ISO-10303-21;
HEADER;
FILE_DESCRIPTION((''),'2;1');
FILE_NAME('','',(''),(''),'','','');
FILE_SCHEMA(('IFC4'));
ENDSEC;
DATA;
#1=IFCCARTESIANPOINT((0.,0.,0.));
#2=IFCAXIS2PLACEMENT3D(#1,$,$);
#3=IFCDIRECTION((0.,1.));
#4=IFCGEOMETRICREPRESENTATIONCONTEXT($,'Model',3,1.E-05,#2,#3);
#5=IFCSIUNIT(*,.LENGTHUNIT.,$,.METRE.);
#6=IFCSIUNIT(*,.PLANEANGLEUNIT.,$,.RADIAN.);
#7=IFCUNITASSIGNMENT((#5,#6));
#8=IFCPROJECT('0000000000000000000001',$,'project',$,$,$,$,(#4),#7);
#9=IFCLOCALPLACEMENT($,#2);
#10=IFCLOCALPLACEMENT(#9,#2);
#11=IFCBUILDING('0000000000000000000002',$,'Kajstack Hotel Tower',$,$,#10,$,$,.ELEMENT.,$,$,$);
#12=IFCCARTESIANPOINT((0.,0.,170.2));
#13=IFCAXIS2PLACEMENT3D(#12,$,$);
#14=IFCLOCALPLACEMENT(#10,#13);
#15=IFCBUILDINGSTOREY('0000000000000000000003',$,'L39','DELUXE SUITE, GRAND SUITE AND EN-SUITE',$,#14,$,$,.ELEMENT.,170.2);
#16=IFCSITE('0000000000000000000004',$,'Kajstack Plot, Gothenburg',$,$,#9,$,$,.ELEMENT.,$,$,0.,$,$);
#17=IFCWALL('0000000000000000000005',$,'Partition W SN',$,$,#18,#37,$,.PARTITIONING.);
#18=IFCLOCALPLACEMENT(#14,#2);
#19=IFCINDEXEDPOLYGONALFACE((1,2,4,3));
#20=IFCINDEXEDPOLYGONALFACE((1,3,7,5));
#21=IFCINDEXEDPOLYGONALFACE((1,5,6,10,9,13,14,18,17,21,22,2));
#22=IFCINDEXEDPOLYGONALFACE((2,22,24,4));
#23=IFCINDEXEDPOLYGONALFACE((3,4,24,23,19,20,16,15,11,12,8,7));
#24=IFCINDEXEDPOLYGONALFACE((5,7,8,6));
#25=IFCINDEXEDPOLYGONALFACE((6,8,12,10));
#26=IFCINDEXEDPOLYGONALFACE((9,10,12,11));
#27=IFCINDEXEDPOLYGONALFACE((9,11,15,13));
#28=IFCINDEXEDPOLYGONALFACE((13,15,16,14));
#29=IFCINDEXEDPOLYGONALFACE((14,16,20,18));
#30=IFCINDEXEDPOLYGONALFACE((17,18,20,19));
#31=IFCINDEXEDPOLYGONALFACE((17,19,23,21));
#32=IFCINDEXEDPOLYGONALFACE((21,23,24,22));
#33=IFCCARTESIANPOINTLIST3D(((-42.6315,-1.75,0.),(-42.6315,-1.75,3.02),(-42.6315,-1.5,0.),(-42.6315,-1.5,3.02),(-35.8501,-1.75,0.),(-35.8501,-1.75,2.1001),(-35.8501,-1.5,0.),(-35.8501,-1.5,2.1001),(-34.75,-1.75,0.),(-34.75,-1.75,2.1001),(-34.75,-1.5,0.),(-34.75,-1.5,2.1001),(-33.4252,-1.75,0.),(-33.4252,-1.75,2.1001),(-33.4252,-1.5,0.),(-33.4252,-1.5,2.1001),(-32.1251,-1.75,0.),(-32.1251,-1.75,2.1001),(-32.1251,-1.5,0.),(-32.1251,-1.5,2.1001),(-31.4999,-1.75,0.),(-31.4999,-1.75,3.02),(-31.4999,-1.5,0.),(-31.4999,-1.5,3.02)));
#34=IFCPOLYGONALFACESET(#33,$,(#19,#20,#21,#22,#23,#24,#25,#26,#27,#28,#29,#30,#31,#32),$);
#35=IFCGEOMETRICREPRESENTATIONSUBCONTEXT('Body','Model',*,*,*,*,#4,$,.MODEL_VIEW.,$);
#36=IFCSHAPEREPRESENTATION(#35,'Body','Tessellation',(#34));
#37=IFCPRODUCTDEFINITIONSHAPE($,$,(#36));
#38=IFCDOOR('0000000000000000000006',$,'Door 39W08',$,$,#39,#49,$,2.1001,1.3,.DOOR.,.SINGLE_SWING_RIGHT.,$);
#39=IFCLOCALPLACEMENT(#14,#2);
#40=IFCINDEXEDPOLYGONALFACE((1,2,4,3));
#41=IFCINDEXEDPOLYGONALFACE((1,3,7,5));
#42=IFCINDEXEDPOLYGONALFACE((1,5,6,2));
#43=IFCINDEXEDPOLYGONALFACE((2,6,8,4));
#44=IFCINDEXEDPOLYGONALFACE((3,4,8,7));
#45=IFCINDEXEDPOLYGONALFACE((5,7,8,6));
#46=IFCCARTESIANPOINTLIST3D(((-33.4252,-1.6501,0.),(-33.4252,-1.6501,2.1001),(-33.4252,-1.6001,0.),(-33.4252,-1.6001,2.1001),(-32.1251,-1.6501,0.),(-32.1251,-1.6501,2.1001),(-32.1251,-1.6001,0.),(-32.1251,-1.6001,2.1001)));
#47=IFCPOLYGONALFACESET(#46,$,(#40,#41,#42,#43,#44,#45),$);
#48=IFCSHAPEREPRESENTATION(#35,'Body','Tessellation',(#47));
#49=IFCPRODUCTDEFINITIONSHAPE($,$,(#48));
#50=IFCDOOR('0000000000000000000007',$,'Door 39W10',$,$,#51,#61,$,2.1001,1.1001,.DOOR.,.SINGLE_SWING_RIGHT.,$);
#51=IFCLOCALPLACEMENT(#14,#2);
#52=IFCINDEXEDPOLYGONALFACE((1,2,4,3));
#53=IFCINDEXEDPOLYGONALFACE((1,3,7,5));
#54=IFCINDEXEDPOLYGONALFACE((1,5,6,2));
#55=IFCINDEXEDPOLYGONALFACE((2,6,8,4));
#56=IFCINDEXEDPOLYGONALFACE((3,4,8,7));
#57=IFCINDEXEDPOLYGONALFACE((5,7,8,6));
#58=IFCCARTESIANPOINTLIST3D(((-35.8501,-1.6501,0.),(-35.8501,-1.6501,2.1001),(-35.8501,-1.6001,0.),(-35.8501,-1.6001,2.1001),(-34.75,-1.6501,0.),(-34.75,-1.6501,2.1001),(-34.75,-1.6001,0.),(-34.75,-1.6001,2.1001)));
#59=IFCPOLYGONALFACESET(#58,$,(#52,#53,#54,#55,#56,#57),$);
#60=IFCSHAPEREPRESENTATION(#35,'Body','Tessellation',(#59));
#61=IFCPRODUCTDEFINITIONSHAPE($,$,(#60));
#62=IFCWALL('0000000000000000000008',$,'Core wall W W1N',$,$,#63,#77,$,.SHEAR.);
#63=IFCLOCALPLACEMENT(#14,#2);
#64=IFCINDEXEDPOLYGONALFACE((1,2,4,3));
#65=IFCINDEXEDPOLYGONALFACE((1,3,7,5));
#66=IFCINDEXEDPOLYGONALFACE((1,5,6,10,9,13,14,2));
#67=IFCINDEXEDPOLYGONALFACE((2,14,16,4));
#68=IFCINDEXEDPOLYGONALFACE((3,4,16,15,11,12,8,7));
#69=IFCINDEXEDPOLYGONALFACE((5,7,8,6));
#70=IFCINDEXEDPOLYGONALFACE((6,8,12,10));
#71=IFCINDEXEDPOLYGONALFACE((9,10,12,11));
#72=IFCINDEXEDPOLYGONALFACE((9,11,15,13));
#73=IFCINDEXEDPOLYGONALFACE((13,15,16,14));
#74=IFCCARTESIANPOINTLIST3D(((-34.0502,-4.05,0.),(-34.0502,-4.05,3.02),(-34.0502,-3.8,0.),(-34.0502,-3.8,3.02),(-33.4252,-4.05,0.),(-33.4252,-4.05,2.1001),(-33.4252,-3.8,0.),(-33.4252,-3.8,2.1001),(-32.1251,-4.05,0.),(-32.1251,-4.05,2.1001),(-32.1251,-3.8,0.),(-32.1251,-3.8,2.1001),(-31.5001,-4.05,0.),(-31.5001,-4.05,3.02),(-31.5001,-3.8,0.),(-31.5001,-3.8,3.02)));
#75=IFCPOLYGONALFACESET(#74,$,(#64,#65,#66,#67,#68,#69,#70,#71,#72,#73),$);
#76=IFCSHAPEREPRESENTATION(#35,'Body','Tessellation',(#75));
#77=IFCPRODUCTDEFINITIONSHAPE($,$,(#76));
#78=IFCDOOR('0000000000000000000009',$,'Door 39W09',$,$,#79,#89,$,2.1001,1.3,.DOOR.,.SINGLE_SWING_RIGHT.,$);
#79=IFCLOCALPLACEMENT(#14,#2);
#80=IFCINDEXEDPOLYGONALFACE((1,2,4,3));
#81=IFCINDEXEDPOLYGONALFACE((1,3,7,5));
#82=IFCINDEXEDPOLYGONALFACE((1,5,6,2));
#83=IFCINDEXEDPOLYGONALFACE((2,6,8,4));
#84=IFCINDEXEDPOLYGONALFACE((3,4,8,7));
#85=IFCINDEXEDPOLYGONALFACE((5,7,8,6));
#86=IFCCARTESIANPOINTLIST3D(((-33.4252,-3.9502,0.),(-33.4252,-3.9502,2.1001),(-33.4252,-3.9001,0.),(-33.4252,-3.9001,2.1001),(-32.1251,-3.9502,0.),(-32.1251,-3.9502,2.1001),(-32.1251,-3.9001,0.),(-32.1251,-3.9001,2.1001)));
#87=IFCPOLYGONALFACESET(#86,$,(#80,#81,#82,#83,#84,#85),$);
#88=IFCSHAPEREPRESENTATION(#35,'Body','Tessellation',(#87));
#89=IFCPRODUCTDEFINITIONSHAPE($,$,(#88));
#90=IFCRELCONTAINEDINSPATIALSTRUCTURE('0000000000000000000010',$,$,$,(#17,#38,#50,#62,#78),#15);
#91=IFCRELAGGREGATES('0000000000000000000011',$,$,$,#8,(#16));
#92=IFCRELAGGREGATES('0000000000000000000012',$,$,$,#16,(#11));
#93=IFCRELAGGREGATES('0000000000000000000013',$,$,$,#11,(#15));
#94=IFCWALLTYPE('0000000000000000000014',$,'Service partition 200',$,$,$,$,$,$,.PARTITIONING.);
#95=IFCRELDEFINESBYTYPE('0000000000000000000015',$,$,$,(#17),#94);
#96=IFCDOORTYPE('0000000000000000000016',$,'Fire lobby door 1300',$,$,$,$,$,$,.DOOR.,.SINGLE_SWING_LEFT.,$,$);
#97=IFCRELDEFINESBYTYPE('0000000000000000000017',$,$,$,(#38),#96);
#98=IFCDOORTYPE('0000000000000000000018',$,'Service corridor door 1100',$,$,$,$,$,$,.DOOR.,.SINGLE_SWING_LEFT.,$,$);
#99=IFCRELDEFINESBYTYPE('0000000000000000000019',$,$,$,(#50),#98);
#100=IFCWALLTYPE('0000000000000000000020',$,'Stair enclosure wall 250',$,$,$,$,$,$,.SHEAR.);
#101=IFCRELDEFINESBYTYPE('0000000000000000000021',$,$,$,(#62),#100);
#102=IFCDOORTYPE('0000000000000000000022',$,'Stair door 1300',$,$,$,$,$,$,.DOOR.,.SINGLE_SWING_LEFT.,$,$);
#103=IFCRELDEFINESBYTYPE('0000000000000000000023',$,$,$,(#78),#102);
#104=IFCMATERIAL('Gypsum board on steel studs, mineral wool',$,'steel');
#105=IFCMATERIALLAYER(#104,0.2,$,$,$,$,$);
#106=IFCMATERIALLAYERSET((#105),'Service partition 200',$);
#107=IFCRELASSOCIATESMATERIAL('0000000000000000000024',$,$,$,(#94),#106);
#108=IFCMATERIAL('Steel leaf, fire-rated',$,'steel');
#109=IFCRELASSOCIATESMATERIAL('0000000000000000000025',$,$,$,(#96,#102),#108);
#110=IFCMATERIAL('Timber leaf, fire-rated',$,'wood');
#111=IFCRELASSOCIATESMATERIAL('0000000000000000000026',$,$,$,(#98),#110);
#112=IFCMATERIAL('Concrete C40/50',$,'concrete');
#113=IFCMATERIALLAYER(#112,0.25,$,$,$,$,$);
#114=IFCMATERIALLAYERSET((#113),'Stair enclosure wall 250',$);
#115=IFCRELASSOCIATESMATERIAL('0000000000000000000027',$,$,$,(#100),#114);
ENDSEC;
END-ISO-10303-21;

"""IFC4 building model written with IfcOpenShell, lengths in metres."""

from ifc_helpers import new_model, si_unit, direction, frame, frame_2d, origin, place, context, subcontext, project, spatial, rectangle, extrude, material, layer, layer_set, type_object, element, fill, save


model = new_model("IFC4")

# Units and contexts
model_context = context("Model", 3, precision=1e-05, world=origin(), true_north=direction((0.0, 1.0)))
body_context = subcontext(model_context, "Body", "Model", "MODEL_VIEW")
ifc_project = project(units=[si_unit("LENGTHUNIT", "METRE"), si_unit("PLANEANGLEUNIT", "RADIAN")], contexts=[model_context])

# Site, building, storey
site_placement = place(None, origin())
site = spatial("IfcSite", under=ifc_project, at=site_placement, Name="Kajstack Plot, Gothenburg", CompositionType="ELEMENT", RefElevation=0.0)
building_placement = place(site_placement, origin())
building = spatial("IfcBuilding", under=site, at=building_placement, Name="Kajstack Hotel Tower", CompositionType="ELEMENT")
storey_placement = place(building_placement, frame((0.0, 0.0, 170.2)))
storey = spatial("IfcBuildingStorey", under=building, at=storey_placement, Name="L39", Description="DELUXE SUITE, GRAND SUITE AND EN-SUITE", CompositionType="ELEMENT", Elevation=170.2)

# Shared definitions
ifc_material_1 = material(Name="Gypsum board on steel studs, mineral wool", Category="steel")

# Wall, openings, doors
ifc_layer_1 = layer(ifc_material_1, 0.2)
ifc_layer_set_1 = layer_set([ifc_layer_1], Name="Service partition 200")
wall_type_1 = type_object("IfcWallType", Name="Service partition 200", PredefinedType="PARTITIONING", material=ifc_layer_set_1)
wall_1_placement = place(storey_placement, frame((-42.6316, -1.625, 0.0), z_axis=(0.0, 0.0, 1.0), x_axis=(1.0, 0.0, 0.0)))
wall_1 = element("IfcWall", 1, at=wall_1_placement, inside=storey, type_object=wall_type_1, Name="Partition W SN", PredefinedType="PARTITIONING", context=body_context, shape_type="SweptSolid", body=[
    extrude(rectangle(XDim=11.1316, YDim=0.25, at=frame_2d((5.5659, 0.0))), origin(), (0.0, 0.0, 1.0), 3.02),
])
opening_1_placement = place(wall_1_placement, frame((9.2065, 0.0, 0.0)))
opening_1 = element("IfcOpeningElement", 2, at=opening_1_placement, cuts=wall_1, PredefinedType="OPENING", context=body_context, shape_type="SweptSolid", body=[
    extrude(rectangle(XDim=1.3, YDim=2.1001, at=frame_2d((0.6499, 1.05))), frame((0.0, 0.135, 0.0), z_axis=(0.0, -1.0, 0.0), x_axis=(1.0, 0.0, 0.0)), (0.0, 0.0, 1.0), 0.27),
])
opening_2_placement = place(wall_1_placement, frame((6.7815, 0.0, 0.0)))
opening_2 = element("IfcOpeningElement", 3, at=opening_2_placement, cuts=wall_1, PredefinedType="OPENING", context=body_context, shape_type="SweptSolid", body=[
    extrude(rectangle(XDim=1.1001, YDim=2.1001, at=frame_2d((0.55, 1.05))), frame((0.0, 0.135, 0.0), z_axis=(0.0, -1.0, 0.0), x_axis=(1.0, 0.0, 0.0)), (0.0, 0.0, 1.0), 0.27),
])
ifc_material_2 = material(Name="Steel leaf, fire-rated", Category="steel")
door_type_1 = type_object("IfcDoorType", Name="Fire lobby door 1300", OperationType="SINGLE_SWING_LEFT", PredefinedType="DOOR", material=ifc_material_2)
door_1_placement = place(opening_1_placement, origin())
door_1 = element("IfcDoor", 4, at=door_1_placement, inside=storey, type_object=door_type_1, Name="Door 39W08", OperationType="SINGLE_SWING_RIGHT", OverallHeight=2.1001, OverallWidth=1.3, PredefinedType="DOOR", context=body_context, shape_type="SweptSolid", body=[
    extrude(rectangle(XDim=1.3, YDim=2.1001, at=frame_2d((0.6499, 1.05))), frame((0.0, 0.0249, 0.0), z_axis=(0.0, -1.0, 0.0), x_axis=(1.0, 0.0, 0.0)), (0.0, 0.0, 1.0), 0.05),
])
fill(opening_1, door_1)
ifc_material_3 = material(Name="Timber leaf, fire-rated", Category="wood")
door_type_2 = type_object("IfcDoorType", Name="Service corridor door 1100", OperationType="SINGLE_SWING_LEFT", PredefinedType="DOOR", material=ifc_material_3)
door_2_placement = place(opening_2_placement, origin())
door_2 = element("IfcDoor", 5, at=door_2_placement, inside=storey, type_object=door_type_2, Name="Door 39W10", OperationType="SINGLE_SWING_RIGHT", OverallHeight=2.1001, OverallWidth=1.1001, PredefinedType="DOOR", context=body_context, shape_type="SweptSolid", body=[
    extrude(rectangle(XDim=1.1001, YDim=2.1001, at=frame_2d((0.55, 1.05))), frame((0.0, 0.0249, 0.0), z_axis=(0.0, -1.0, 0.0), x_axis=(1.0, 0.0, 0.0)), (0.0, 0.0, 1.0), 0.05),
])
fill(opening_2, door_2)

# Wall, opening, door
ifc_material_4 = material(Name="Concrete C40/50", Category="concrete")
ifc_layer_2 = layer(ifc_material_4, 0.25)
ifc_layer_set_2 = layer_set([ifc_layer_2], Name="Stair enclosure wall 250")
wall_type_2 = type_object("IfcWallType", Name="Stair enclosure wall 250", PredefinedType="SHEAR", material=ifc_layer_set_2)
wall_2_placement = place(storey_placement, frame((-34.05, -3.925, 0.0), z_axis=(0.0, 0.0, 1.0), x_axis=(1.0, 0.0, 0.0)))
wall_2 = element("IfcWall", 6, at=wall_2_placement, inside=storey, type_object=wall_type_2, Name="Core wall W W1N", PredefinedType="SHEAR", context=body_context, shape_type="SweptSolid", body=[
    extrude(rectangle(XDim=2.55, YDim=0.25, at=frame_2d((1.2749, 0.0))), origin(), (0.0, 0.0, 1.0), 3.02),
])
opening_3_placement = place(wall_2_placement, frame((0.625, 0.0, 0.0)))
opening_3 = element("IfcOpeningElement", 7, at=opening_3_placement, cuts=wall_2, PredefinedType="OPENING", context=body_context, shape_type="SweptSolid", body=[
    extrude(rectangle(XDim=1.3, YDim=2.1001, at=frame_2d((0.6499, 1.05))), frame((0.0, 0.135, 0.0), z_axis=(0.0, -1.0, 0.0), x_axis=(1.0, 0.0, 0.0)), (0.0, 0.0, 1.0), 0.27),
])
door_type_3 = type_object("IfcDoorType", Name="Stair door 1300", OperationType="SINGLE_SWING_LEFT", PredefinedType="DOOR", material=ifc_material_2)
door_3_placement = place(opening_3_placement, origin())
door_3 = element("IfcDoor", 8, at=door_3_placement, inside=storey, type_object=door_type_3, Name="Door 39W09", OperationType="SINGLE_SWING_RIGHT", OverallHeight=2.1001, OverallWidth=1.3, PredefinedType="DOOR", context=body_context, shape_type="SweptSolid", body=[
    extrude(rectangle(XDim=1.3, YDim=2.1001, at=frame_2d((0.6499, 1.05))), frame((0.0, 0.0249, 0.0), z_axis=(0.0, -1.0, 0.0), x_axis=(1.0, 0.0, 0.0)), (0.0, 0.0, 1.0), 0.05),
])
fill(opening_3, door_3)

save(model, "model.ifc")
